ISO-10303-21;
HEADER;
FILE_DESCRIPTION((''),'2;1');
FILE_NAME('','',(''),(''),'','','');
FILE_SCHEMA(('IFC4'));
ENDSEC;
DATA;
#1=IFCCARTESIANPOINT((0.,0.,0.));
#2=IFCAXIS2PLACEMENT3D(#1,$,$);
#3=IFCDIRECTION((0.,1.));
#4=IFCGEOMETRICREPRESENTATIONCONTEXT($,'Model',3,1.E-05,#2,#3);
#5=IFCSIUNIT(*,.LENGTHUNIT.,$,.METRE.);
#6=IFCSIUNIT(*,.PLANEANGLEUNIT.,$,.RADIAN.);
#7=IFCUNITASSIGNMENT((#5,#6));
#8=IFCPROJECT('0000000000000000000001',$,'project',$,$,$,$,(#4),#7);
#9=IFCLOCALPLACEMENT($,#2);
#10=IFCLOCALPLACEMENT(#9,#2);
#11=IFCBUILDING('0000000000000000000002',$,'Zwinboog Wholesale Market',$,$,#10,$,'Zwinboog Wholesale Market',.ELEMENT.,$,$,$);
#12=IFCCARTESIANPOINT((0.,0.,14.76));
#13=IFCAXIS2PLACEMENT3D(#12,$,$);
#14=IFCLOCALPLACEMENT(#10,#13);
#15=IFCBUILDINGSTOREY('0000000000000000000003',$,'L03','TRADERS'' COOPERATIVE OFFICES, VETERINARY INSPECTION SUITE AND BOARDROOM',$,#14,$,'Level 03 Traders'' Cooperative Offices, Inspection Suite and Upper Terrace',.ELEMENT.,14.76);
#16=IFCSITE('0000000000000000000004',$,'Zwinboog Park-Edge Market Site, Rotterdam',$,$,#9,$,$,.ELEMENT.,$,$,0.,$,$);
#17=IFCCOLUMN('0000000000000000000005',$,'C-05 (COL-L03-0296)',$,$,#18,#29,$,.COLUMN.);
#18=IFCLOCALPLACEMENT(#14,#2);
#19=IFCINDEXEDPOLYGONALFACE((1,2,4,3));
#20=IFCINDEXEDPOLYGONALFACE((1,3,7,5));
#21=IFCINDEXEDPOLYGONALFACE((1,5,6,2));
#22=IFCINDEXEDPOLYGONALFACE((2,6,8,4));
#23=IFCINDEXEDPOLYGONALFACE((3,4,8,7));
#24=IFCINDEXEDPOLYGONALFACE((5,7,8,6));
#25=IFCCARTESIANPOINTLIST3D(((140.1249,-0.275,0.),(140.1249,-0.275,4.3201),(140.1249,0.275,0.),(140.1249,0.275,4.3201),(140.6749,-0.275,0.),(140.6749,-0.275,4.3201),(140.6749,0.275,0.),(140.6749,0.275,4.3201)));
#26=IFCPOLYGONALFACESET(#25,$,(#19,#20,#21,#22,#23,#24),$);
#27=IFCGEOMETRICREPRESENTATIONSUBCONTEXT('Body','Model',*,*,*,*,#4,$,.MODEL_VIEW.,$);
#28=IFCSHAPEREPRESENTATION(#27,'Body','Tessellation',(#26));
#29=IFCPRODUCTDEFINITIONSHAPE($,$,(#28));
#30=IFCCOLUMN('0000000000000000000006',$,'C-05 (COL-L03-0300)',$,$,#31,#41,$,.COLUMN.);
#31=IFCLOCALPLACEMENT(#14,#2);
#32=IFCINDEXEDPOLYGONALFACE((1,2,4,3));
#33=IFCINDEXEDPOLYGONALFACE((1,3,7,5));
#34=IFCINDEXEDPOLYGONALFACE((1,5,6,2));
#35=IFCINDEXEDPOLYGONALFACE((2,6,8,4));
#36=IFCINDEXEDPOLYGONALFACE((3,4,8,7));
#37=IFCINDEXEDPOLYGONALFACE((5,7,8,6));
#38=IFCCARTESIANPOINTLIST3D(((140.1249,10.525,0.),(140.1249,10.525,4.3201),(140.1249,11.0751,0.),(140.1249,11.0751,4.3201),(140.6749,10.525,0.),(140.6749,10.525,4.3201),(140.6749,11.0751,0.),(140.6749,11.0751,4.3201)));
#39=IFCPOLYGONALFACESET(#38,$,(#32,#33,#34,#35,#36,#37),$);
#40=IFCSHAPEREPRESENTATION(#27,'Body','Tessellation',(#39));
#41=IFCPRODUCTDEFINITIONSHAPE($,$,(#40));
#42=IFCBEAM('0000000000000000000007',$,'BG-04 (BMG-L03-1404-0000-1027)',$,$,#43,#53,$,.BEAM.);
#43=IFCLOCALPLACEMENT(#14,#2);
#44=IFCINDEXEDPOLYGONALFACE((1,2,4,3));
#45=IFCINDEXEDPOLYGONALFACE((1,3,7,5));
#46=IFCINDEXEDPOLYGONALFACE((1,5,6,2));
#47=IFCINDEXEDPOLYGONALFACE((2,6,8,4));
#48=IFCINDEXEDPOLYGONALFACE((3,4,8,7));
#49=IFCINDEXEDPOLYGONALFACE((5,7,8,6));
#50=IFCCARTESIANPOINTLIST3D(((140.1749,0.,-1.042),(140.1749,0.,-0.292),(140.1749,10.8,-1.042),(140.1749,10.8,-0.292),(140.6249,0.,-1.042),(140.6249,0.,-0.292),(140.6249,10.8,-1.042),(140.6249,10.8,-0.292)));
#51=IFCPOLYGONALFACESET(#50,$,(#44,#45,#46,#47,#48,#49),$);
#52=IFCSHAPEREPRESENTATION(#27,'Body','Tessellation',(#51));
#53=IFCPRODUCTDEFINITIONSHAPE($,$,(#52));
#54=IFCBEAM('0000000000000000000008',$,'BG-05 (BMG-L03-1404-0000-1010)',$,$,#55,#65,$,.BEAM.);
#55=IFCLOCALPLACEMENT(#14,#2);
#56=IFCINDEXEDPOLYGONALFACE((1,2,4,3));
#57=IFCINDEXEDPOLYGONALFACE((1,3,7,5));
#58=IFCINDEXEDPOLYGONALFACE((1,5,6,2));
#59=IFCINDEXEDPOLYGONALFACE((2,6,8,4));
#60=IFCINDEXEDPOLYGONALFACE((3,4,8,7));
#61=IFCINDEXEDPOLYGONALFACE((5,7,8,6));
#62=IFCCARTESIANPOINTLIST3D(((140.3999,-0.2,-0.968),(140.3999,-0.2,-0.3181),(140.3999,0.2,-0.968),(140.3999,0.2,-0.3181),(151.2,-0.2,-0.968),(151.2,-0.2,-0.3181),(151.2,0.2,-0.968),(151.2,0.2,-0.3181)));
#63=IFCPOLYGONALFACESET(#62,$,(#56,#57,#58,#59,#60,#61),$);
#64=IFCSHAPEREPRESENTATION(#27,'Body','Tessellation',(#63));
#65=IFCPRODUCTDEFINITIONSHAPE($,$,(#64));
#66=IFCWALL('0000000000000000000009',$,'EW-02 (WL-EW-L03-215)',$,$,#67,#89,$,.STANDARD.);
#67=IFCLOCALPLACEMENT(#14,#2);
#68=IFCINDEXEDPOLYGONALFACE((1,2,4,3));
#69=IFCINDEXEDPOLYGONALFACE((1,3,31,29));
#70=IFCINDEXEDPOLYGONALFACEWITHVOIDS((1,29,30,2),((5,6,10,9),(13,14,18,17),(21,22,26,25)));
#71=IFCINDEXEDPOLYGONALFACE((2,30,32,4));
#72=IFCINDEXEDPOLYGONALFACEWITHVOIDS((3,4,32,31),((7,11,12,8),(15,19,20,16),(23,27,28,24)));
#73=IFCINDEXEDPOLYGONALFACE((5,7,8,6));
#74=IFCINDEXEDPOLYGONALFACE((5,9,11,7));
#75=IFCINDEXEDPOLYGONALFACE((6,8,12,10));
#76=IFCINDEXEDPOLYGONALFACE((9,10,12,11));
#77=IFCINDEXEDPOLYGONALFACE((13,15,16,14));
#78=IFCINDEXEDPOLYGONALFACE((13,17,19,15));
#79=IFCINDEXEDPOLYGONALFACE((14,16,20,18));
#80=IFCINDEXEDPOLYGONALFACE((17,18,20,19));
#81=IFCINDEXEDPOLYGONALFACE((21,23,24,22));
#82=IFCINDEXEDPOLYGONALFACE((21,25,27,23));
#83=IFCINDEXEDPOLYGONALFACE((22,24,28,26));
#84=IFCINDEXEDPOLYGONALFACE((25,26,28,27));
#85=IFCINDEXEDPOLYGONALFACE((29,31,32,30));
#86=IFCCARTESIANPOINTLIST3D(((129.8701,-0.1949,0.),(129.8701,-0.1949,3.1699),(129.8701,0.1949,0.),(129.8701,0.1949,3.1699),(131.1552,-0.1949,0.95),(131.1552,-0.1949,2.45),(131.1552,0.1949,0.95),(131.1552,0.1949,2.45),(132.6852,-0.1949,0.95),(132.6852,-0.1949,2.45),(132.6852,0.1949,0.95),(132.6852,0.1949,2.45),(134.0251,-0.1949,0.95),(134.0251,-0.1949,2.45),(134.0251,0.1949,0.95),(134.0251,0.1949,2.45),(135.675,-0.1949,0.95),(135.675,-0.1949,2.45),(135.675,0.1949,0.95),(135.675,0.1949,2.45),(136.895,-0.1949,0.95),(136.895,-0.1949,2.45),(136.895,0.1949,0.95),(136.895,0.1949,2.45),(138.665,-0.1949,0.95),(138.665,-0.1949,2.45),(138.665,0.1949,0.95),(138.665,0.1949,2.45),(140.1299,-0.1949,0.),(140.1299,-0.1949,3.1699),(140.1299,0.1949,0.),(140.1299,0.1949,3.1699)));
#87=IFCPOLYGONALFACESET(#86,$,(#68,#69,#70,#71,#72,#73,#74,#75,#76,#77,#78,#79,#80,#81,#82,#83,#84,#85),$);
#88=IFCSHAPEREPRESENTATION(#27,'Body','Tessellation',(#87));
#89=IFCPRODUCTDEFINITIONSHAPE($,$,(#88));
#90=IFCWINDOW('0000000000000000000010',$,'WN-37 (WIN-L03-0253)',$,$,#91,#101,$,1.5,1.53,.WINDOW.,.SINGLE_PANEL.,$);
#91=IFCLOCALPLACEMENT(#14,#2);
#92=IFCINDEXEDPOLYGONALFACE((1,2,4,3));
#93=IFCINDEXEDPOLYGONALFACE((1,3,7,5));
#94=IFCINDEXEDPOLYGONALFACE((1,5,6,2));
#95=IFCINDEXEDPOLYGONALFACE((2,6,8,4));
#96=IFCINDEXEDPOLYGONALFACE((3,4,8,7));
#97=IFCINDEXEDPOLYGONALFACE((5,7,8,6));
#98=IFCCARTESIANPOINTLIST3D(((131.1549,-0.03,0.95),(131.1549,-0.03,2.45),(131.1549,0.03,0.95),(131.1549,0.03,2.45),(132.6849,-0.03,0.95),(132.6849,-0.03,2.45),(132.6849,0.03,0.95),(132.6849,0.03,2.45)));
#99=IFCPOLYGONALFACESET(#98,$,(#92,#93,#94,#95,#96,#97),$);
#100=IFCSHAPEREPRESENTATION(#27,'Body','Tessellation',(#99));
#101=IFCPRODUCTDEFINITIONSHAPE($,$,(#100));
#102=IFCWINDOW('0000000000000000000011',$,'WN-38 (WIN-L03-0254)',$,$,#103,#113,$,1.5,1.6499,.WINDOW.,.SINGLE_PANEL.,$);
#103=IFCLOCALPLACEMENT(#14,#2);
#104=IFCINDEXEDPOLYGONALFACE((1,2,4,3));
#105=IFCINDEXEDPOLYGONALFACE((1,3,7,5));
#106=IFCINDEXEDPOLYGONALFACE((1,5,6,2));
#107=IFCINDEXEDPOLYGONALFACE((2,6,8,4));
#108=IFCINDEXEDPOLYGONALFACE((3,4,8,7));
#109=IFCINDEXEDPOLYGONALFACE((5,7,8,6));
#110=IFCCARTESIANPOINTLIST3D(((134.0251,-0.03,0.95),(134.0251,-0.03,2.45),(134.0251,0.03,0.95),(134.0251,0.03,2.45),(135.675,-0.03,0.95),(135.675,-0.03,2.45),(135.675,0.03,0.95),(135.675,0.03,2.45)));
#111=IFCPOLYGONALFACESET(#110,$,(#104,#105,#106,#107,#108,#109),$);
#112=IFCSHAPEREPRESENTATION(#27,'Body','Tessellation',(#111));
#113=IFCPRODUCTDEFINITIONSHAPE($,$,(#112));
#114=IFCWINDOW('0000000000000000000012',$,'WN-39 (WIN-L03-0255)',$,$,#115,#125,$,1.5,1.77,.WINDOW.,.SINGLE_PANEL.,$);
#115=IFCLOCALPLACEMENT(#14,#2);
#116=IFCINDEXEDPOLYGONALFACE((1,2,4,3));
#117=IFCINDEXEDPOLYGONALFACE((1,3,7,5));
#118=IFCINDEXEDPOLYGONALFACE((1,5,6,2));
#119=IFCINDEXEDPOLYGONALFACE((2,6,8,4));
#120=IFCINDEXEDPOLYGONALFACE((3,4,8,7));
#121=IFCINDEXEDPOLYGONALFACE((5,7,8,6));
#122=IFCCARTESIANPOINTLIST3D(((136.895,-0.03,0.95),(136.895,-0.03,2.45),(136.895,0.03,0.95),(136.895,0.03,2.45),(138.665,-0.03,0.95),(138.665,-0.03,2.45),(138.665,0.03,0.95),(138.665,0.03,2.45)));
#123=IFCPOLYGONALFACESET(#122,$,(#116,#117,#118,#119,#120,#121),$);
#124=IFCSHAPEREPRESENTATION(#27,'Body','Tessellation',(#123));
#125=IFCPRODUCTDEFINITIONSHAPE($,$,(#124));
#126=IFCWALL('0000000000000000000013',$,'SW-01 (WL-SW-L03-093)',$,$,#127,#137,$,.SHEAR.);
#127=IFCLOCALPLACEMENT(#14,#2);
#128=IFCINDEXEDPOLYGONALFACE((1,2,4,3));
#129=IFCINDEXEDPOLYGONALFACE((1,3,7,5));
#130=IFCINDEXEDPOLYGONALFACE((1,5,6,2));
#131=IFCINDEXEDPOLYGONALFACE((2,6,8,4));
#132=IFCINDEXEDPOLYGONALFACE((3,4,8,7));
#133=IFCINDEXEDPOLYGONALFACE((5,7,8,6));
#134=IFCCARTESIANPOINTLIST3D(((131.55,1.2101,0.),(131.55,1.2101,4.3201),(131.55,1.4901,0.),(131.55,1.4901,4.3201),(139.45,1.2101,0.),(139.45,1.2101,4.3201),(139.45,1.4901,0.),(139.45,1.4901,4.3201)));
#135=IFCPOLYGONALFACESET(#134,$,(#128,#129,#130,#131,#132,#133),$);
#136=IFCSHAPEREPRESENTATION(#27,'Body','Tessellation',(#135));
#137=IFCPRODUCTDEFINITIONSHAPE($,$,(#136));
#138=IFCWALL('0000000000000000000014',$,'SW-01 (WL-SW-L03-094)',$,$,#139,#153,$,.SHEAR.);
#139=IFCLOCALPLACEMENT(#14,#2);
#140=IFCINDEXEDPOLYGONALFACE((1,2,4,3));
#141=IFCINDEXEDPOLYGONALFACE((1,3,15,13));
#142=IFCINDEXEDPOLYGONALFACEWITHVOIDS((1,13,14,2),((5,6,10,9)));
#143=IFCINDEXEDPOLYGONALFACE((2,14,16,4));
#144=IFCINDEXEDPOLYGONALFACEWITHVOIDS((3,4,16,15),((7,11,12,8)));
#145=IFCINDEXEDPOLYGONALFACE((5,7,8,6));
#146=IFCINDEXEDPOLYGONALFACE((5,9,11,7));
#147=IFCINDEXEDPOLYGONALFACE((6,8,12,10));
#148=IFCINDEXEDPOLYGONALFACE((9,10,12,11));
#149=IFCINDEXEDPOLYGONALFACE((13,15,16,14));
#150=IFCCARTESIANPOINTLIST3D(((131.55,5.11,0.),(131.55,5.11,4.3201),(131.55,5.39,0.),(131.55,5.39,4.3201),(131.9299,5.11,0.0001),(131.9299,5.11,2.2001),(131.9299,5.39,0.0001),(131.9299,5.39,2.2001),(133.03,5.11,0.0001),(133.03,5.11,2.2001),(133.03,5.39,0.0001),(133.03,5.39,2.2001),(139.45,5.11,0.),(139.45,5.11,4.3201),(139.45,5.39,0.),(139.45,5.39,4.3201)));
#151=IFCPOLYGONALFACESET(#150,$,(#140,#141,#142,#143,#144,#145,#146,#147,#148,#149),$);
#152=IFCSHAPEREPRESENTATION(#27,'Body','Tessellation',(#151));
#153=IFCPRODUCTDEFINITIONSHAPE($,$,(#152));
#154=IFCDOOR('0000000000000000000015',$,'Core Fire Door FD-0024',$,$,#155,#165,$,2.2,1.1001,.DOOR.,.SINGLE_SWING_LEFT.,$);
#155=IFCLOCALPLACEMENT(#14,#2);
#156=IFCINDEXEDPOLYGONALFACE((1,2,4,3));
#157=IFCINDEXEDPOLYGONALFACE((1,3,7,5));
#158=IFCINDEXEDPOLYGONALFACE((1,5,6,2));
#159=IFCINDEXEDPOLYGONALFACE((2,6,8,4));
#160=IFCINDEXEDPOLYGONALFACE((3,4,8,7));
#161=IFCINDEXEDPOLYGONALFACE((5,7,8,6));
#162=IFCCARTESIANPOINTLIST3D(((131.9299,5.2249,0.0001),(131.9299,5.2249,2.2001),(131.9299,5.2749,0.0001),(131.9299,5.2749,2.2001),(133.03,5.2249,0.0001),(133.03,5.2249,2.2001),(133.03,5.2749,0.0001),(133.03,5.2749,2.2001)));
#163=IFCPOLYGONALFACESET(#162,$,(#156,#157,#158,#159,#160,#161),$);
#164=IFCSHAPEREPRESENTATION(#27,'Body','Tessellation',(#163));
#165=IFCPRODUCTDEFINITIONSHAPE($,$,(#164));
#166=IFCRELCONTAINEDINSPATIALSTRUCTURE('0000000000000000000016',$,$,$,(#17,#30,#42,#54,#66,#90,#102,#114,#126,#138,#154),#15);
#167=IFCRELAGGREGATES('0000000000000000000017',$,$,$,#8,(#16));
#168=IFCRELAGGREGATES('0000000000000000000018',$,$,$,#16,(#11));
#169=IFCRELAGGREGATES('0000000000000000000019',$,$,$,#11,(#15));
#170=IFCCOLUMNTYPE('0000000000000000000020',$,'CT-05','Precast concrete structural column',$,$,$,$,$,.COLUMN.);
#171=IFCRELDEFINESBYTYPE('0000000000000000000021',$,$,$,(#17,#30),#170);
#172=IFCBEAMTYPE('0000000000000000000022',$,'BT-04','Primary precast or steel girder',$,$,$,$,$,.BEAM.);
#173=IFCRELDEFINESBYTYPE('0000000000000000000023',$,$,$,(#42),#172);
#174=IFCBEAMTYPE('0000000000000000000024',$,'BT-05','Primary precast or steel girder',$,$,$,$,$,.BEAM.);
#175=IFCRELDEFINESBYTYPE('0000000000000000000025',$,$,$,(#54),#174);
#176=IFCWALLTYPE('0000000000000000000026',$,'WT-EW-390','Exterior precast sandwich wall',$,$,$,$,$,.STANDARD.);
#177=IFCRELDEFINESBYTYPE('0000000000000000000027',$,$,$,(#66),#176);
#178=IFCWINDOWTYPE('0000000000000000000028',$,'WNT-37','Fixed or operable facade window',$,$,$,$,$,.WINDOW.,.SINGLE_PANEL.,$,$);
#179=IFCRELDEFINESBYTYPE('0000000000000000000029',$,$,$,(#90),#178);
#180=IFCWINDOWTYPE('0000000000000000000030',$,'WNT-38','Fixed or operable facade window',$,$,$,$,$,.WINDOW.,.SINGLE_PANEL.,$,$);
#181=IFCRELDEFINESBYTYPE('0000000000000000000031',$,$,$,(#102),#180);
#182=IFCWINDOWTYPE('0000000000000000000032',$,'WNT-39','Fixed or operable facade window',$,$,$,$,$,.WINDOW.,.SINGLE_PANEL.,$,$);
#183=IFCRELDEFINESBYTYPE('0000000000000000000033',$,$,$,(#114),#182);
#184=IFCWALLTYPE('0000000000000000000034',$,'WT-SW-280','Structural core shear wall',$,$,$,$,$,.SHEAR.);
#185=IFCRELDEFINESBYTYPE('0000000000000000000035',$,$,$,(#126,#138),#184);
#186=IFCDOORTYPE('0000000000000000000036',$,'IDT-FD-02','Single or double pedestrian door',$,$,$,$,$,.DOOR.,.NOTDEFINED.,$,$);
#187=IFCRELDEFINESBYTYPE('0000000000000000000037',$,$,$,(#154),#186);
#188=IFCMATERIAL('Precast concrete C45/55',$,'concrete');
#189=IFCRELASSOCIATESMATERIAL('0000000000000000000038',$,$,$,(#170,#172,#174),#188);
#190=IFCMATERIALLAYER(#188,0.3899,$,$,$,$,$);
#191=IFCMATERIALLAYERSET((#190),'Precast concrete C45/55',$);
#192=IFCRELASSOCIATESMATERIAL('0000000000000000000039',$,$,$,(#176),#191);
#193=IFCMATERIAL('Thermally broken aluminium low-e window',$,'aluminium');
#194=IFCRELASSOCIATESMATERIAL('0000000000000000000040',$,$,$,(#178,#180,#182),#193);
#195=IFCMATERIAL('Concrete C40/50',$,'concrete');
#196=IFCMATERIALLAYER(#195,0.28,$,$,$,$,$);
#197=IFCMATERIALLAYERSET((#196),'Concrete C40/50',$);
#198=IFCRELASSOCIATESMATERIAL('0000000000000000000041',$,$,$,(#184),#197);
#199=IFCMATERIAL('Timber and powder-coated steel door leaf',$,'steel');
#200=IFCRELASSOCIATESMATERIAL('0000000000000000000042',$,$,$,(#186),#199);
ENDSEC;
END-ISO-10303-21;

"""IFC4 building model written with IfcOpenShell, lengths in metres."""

from ifc_helpers import new_model, si_unit, direction, frame, frame_2d, origin, origin_2d, place, context, subcontext, project, spatial, rectangle, extrude, material, layer, layer_set, material_profile, profile_set, type_object, element, fill, save


model = new_model("IFC4")

# Units and contexts
model_context = context("Model", 3, precision=1e-05, world=origin(), true_north=direction((0.0, 1.0)))
body_context = subcontext(model_context, "Body", "Model", "MODEL_VIEW")
ifc_project = project(units=[si_unit("LENGTHUNIT", "METRE"), si_unit("PLANEANGLEUNIT", "RADIAN")], contexts=[model_context])

# Site, building, storey
site_placement = place(None, origin())
site = spatial("IfcSite", under=ifc_project, at=site_placement, Name="Zwinboog Park-Edge Market Site, Rotterdam", CompositionType="ELEMENT", RefElevation=0.0)
building_placement = place(site_placement, origin())
building = spatial("IfcBuilding", under=site, at=building_placement, Name="Zwinboog Wholesale Market", LongName="Zwinboog Wholesale Market", CompositionType="ELEMENT")
storey_placement = place(building_placement, frame((0.0, 0.0, 14.76)))
storey = spatial("IfcBuildingStorey", under=building, at=storey_placement, Name="L03", Description="TRADERS' COOPERATIVE OFFICES, VETERINARY INSPECTION SUITE AND BOARDROOM", LongName="Level 03 Traders' Cooperative Offices, Inspection Suite and Upper Terrace", CompositionType="ELEMENT", Elevation=14.76)

# Columns
ifc_material_1 = material(Name="Precast concrete C45/55", Category="concrete")
ifc_material_profile_1 = material_profile(ifc_material_1, rectangle(XDim=0.55, YDim=0.55, at=origin_2d()), Name="PC 550x550")
ifc_profile_set_1 = profile_set([ifc_material_profile_1], Name="Precast concrete C45/55")
column_type = type_object("IfcColumnType", Name="CT-05", Description="Precast concrete structural column", PredefinedType="COLUMN", material=ifc_profile_set_1)
for number, where, z_axis, x_axis, name in (
    (1, (140.3999, 0.0, 0.0), (0.0, 0.0, 1.0), (1.0, 0.0, 0.0), "C-05 (COL-L03-0296)"),
    (2, (140.3999, 10.8, 0.0), (0.0, 0.0, 1.0), (1.0, 0.0, 0.0), "C-05 (COL-L03-0300)"),
):
    element("IfcColumn", number, at=place(storey_placement, frame(where, z_axis=z_axis, x_axis=x_axis)), inside=storey, type_object=column_type, Name=name, PredefinedType="COLUMN", context=body_context, shape_type="SweptSolid", body=[
        extrude(rectangle(XDim=0.55, YDim=0.55, at=origin_2d()), origin(), (0.0, 0.0, 1.0), 4.3201),
    ])

# Beams
ifc_material_profile_2 = material_profile(ifc_material_1, rectangle(XDim=0.45, YDim=0.75, at=origin_2d()), Name="PC 450x750")
ifc_profile_set_2 = profile_set([ifc_material_profile_2], Name="Precast concrete C45/55")
beam_type_1 = type_object("IfcBeamType", Name="BT-04", Description="Primary precast or steel girder", PredefinedType="BEAM", material=ifc_profile_set_2)
beam_1_placement = place(storey_placement, frame((140.3999, 0.0, -0.667), z_axis=(0.0, 1.0, 0.0), x_axis=(-1.0, 0.0, 0.0)))
element("IfcBeam", 3, at=beam_1_placement, inside=storey, type_object=beam_type_1, Name="BG-04 (BMG-L03-1404-0000-1027)", PredefinedType="BEAM", context=body_context, shape_type="SweptSolid", body=[
    extrude(rectangle(XDim=0.45, YDim=0.75, at=origin_2d()), origin(), (0.0, 0.0, 1.0), 10.8),
])
ifc_material_profile_3 = material_profile(ifc_material_1, rectangle(XDim=0.3999, YDim=0.6499, at=origin_2d()), Name="PC 400x650")
ifc_profile_set_3 = profile_set([ifc_material_profile_3], Name="Precast concrete C45/55")
beam_type_2 = type_object("IfcBeamType", Name="BT-05", Description="Primary precast or steel girder", PredefinedType="BEAM", material=ifc_profile_set_3)
beam_2_placement = place(storey_placement, frame((140.3999, 0.0, -0.6431), z_axis=(1.0, 0.0, 0.0), x_axis=(0.0, 1.0, 0.0)))
element("IfcBeam", 4, at=beam_2_placement, inside=storey, type_object=beam_type_2, Name="BG-05 (BMG-L03-1404-0000-1010)", PredefinedType="BEAM", context=body_context, shape_type="SweptSolid", body=[
    extrude(rectangle(XDim=0.3999, YDim=0.6499, at=origin_2d()), origin(), (0.0, 0.0, 1.0), 10.8),
])

# Wall, openings, windows
ifc_layer_1 = layer(ifc_material_1, 0.3899)
ifc_layer_set_1 = layer_set([ifc_layer_1], Name="Precast concrete C45/55")
wall_type_1 = type_object("IfcWallType", Name="WT-EW-390", Description="Exterior precast sandwich wall", PredefinedType="STANDARD", material=ifc_layer_set_1)
wall_1_placement = place(storey_placement, frame((129.8701, 0.0, 0.0), z_axis=(0.0, 0.0, 1.0), x_axis=(1.0, 0.0, 0.0)))
wall_1 = element("IfcWall", 5, at=wall_1_placement, inside=storey, type_object=wall_type_1, Name="EW-02 (WL-EW-L03-215)", PredefinedType="STANDARD", context=body_context, shape_type="SweptSolid", body=[
    extrude(rectangle(XDim=10.2598, YDim=0.3899, at=frame_2d((5.1299, 0.0))), origin(), (0.0, 0.0, 1.0), 3.1699),
])
opening_1_placement = place(wall_1_placement, frame((1.2849, 0.0, 0.95)))
opening_1 = element("IfcOpeningElement", 6, at=opening_1_placement, cuts=wall_1, PredefinedType="OPENING", context=body_context, shape_type="SweptSolid", body=[
    extrude(rectangle(XDim=1.53, YDim=1.5, at=frame_2d((0.7651, 0.75))), frame((0.0, 0.2048, 0.0), z_axis=(0.0, -1.0, 0.0), x_axis=(1.0, 0.0, 0.0)), (0.0, 0.0, 1.0), 0.4099),
])
opening_2_placement = place(wall_1_placement, frame((4.155, 0.0, 0.95)))
opening_2 = element("IfcOpeningElement", 7, at=opening_2_placement, cuts=wall_1, PredefinedType="OPENING", context=body_context, shape_type="SweptSolid", body=[
    extrude(rectangle(XDim=1.6499, YDim=1.5, at=frame_2d((0.825, 0.75))), frame((0.0, 0.2048, 0.0), z_axis=(0.0, -1.0, 0.0), x_axis=(1.0, 0.0, 0.0)), (0.0, 0.0, 1.0), 0.4099),
])
opening_3_placement = place(wall_1_placement, frame((7.0249, 0.0, 0.95)))
opening_3 = element("IfcOpeningElement", 8, at=opening_3_placement, cuts=wall_1, PredefinedType="OPENING", context=body_context, shape_type="SweptSolid", body=[
    extrude(rectangle(XDim=1.77, YDim=1.5, at=frame_2d((0.885, 0.75))), frame((0.0, 0.2048, 0.0), z_axis=(0.0, -1.0, 0.0), x_axis=(1.0, 0.0, 0.0)), (0.0, 0.0, 1.0), 0.4099),
])
ifc_material_2 = material(Name="Thermally broken aluminium low-e window", Category="aluminium")
window_type_1 = type_object("IfcWindowType", Name="WNT-37", Description="Fixed or operable facade window", PartitioningType="SINGLE_PANEL", PredefinedType="WINDOW", material=ifc_material_2)
window_1_placement = place(opening_1_placement, frame((1.53, 0.0, 0.0), z_axis=(0.0, 0.0, 1.0), x_axis=(-1.0, 0.0, 0.0)))
window_1 = element("IfcWindow", 9, at=window_1_placement, inside=storey, type_object=window_type_1, Name="WN-37 (WIN-L03-0253)", OverallHeight=1.5, OverallWidth=1.53, PartitioningType="SINGLE_PANEL", PredefinedType="WINDOW", context=body_context, shape_type="SweptSolid", body=[
    extrude(rectangle(XDim=1.53, YDim=1.5, at=frame_2d((0.7651, 0.75))), frame((0.0, 0.03, 0.0), z_axis=(0.0, -1.0, 0.0), x_axis=(1.0, 0.0, 0.0)), (0.0, 0.0, 1.0), 0.0601),
])
fill(opening_1, window_1)
window_type_2 = type_object("IfcWindowType", Name="WNT-38", Description="Fixed or operable facade window", PartitioningType="SINGLE_PANEL", PredefinedType="WINDOW", material=ifc_material_2)
window_2_placement = place(opening_2_placement, frame((1.6499, 0.0, 0.0), z_axis=(0.0, 0.0, 1.0), x_axis=(-1.0, 0.0, 0.0)))
window_2 = element("IfcWindow", 10, at=window_2_placement, inside=storey, type_object=window_type_2, Name="WN-38 (WIN-L03-0254)", OverallHeight=1.5, OverallWidth=1.6499, PartitioningType="SINGLE_PANEL", PredefinedType="WINDOW", context=body_context, shape_type="SweptSolid", body=[
    extrude(rectangle(XDim=1.6499, YDim=1.5, at=frame_2d((0.825, 0.75))), frame((0.0, 0.03, 0.0), z_axis=(0.0, -1.0, 0.0), x_axis=(1.0, 0.0, 0.0)), (0.0, 0.0, 1.0), 0.0601),
])
fill(opening_2, window_2)
window_type_3 = type_object("IfcWindowType", Name="WNT-39", Description="Fixed or operable facade window", PartitioningType="SINGLE_PANEL", PredefinedType="WINDOW", material=ifc_material_2)
window_3_placement = place(opening_3_placement, frame((1.77, 0.0, 0.0), z_axis=(0.0, 0.0, 1.0), x_axis=(-1.0, 0.0, 0.0)))
window_3 = element("IfcWindow", 11, at=window_3_placement, inside=storey, type_object=window_type_3, Name="WN-39 (WIN-L03-0255)", OverallHeight=1.5, OverallWidth=1.77, PartitioningType="SINGLE_PANEL", PredefinedType="WINDOW", context=body_context, shape_type="SweptSolid", body=[
    extrude(rectangle(XDim=1.77, YDim=1.5, at=frame_2d((0.885, 0.75))), frame((0.0, 0.03, 0.0), z_axis=(0.0, -1.0, 0.0), x_axis=(1.0, 0.0, 0.0)), (0.0, 0.0, 1.0), 0.0601),
])
fill(opening_3, window_3)

# Wall
ifc_material_3 = material(Name="Concrete C40/50", Category="concrete")
ifc_layer_2 = layer(ifc_material_3, 0.28)
ifc_layer_set_2 = layer_set([ifc_layer_2], Name="Concrete C40/50")
wall_type_2 = type_object("IfcWallType", Name="WT-SW-280", Description="Structural core shear wall", PredefinedType="SHEAR", material=ifc_layer_set_2)
wall_2_placement = place(storey_placement, frame((131.55, 1.3501, 0.0), z_axis=(0.0, 0.0, 1.0), x_axis=(1.0, 0.0, 0.0)))
element("IfcWall", 12, at=wall_2_placement, inside=storey, type_object=wall_type_2, Name="SW-01 (WL-SW-L03-093)", PredefinedType="SHEAR", context=body_context, shape_type="SweptSolid", body=[
    extrude(rectangle(XDim=7.8999, YDim=0.28, at=frame_2d((3.95, 0.0))), origin(), (0.0, 0.0, 1.0), 4.3201),
])

# Wall, opening, door
wall_3_placement = place(storey_placement, frame((131.55, 5.25, 0.0), z_axis=(0.0, 0.0, 1.0), x_axis=(1.0, 0.0, 0.0)))
wall_3 = element("IfcWall", 13, at=wall_3_placement, inside=storey, type_object=wall_type_2, Name="SW-01 (WL-SW-L03-094)", PredefinedType="SHEAR", context=body_context, shape_type="SweptSolid", body=[
    extrude(rectangle(XDim=7.8999, YDim=0.28, at=frame_2d((3.95, 0.0))), origin(), (0.0, 0.0, 1.0), 4.3201),
])
opening_4_placement = place(wall_3_placement, frame((0.3799, 0.0, 0.0)))
opening_4 = element("IfcOpeningElement", 14, at=opening_4_placement, cuts=wall_3, PredefinedType="OPENING", context=body_context, shape_type="SweptSolid", body=[
    extrude(rectangle(XDim=1.1001, YDim=2.2, at=frame_2d((0.55, 1.1001))), frame((0.0, 0.1499, 0.0), z_axis=(0.0, -1.0, 0.0), x_axis=(1.0, 0.0, 0.0)), (0.0, 0.0, 1.0), 0.3),
])
ifc_material_4 = material(Name="Timber and powder-coated steel door leaf", Category="steel")
door_type = type_object("IfcDoorType", Name="IDT-FD-02", Description="Single or double pedestrian door", OperationType="NOTDEFINED", PredefinedType="DOOR", material=ifc_material_4)
door_placement = place(opening_4_placement, origin())
door = element("IfcDoor", 15, at=door_placement, inside=storey, type_object=door_type, Name="Core Fire Door FD-0024", OperationType="SINGLE_SWING_LEFT", OverallHeight=2.2, OverallWidth=1.1001, PredefinedType="DOOR", context=body_context, shape_type="SweptSolid", body=[
    extrude(rectangle(XDim=1.1001, YDim=2.2, at=frame_2d((0.55, 1.1001))), frame((0.0, 0.0249, 0.0), z_axis=(0.0, -1.0, 0.0), x_axis=(1.0, 0.0, 0.0)), (0.0, 0.0, 1.0), 0.05),
])
fill(opening_4, door)

save(model, "model.ifc")
